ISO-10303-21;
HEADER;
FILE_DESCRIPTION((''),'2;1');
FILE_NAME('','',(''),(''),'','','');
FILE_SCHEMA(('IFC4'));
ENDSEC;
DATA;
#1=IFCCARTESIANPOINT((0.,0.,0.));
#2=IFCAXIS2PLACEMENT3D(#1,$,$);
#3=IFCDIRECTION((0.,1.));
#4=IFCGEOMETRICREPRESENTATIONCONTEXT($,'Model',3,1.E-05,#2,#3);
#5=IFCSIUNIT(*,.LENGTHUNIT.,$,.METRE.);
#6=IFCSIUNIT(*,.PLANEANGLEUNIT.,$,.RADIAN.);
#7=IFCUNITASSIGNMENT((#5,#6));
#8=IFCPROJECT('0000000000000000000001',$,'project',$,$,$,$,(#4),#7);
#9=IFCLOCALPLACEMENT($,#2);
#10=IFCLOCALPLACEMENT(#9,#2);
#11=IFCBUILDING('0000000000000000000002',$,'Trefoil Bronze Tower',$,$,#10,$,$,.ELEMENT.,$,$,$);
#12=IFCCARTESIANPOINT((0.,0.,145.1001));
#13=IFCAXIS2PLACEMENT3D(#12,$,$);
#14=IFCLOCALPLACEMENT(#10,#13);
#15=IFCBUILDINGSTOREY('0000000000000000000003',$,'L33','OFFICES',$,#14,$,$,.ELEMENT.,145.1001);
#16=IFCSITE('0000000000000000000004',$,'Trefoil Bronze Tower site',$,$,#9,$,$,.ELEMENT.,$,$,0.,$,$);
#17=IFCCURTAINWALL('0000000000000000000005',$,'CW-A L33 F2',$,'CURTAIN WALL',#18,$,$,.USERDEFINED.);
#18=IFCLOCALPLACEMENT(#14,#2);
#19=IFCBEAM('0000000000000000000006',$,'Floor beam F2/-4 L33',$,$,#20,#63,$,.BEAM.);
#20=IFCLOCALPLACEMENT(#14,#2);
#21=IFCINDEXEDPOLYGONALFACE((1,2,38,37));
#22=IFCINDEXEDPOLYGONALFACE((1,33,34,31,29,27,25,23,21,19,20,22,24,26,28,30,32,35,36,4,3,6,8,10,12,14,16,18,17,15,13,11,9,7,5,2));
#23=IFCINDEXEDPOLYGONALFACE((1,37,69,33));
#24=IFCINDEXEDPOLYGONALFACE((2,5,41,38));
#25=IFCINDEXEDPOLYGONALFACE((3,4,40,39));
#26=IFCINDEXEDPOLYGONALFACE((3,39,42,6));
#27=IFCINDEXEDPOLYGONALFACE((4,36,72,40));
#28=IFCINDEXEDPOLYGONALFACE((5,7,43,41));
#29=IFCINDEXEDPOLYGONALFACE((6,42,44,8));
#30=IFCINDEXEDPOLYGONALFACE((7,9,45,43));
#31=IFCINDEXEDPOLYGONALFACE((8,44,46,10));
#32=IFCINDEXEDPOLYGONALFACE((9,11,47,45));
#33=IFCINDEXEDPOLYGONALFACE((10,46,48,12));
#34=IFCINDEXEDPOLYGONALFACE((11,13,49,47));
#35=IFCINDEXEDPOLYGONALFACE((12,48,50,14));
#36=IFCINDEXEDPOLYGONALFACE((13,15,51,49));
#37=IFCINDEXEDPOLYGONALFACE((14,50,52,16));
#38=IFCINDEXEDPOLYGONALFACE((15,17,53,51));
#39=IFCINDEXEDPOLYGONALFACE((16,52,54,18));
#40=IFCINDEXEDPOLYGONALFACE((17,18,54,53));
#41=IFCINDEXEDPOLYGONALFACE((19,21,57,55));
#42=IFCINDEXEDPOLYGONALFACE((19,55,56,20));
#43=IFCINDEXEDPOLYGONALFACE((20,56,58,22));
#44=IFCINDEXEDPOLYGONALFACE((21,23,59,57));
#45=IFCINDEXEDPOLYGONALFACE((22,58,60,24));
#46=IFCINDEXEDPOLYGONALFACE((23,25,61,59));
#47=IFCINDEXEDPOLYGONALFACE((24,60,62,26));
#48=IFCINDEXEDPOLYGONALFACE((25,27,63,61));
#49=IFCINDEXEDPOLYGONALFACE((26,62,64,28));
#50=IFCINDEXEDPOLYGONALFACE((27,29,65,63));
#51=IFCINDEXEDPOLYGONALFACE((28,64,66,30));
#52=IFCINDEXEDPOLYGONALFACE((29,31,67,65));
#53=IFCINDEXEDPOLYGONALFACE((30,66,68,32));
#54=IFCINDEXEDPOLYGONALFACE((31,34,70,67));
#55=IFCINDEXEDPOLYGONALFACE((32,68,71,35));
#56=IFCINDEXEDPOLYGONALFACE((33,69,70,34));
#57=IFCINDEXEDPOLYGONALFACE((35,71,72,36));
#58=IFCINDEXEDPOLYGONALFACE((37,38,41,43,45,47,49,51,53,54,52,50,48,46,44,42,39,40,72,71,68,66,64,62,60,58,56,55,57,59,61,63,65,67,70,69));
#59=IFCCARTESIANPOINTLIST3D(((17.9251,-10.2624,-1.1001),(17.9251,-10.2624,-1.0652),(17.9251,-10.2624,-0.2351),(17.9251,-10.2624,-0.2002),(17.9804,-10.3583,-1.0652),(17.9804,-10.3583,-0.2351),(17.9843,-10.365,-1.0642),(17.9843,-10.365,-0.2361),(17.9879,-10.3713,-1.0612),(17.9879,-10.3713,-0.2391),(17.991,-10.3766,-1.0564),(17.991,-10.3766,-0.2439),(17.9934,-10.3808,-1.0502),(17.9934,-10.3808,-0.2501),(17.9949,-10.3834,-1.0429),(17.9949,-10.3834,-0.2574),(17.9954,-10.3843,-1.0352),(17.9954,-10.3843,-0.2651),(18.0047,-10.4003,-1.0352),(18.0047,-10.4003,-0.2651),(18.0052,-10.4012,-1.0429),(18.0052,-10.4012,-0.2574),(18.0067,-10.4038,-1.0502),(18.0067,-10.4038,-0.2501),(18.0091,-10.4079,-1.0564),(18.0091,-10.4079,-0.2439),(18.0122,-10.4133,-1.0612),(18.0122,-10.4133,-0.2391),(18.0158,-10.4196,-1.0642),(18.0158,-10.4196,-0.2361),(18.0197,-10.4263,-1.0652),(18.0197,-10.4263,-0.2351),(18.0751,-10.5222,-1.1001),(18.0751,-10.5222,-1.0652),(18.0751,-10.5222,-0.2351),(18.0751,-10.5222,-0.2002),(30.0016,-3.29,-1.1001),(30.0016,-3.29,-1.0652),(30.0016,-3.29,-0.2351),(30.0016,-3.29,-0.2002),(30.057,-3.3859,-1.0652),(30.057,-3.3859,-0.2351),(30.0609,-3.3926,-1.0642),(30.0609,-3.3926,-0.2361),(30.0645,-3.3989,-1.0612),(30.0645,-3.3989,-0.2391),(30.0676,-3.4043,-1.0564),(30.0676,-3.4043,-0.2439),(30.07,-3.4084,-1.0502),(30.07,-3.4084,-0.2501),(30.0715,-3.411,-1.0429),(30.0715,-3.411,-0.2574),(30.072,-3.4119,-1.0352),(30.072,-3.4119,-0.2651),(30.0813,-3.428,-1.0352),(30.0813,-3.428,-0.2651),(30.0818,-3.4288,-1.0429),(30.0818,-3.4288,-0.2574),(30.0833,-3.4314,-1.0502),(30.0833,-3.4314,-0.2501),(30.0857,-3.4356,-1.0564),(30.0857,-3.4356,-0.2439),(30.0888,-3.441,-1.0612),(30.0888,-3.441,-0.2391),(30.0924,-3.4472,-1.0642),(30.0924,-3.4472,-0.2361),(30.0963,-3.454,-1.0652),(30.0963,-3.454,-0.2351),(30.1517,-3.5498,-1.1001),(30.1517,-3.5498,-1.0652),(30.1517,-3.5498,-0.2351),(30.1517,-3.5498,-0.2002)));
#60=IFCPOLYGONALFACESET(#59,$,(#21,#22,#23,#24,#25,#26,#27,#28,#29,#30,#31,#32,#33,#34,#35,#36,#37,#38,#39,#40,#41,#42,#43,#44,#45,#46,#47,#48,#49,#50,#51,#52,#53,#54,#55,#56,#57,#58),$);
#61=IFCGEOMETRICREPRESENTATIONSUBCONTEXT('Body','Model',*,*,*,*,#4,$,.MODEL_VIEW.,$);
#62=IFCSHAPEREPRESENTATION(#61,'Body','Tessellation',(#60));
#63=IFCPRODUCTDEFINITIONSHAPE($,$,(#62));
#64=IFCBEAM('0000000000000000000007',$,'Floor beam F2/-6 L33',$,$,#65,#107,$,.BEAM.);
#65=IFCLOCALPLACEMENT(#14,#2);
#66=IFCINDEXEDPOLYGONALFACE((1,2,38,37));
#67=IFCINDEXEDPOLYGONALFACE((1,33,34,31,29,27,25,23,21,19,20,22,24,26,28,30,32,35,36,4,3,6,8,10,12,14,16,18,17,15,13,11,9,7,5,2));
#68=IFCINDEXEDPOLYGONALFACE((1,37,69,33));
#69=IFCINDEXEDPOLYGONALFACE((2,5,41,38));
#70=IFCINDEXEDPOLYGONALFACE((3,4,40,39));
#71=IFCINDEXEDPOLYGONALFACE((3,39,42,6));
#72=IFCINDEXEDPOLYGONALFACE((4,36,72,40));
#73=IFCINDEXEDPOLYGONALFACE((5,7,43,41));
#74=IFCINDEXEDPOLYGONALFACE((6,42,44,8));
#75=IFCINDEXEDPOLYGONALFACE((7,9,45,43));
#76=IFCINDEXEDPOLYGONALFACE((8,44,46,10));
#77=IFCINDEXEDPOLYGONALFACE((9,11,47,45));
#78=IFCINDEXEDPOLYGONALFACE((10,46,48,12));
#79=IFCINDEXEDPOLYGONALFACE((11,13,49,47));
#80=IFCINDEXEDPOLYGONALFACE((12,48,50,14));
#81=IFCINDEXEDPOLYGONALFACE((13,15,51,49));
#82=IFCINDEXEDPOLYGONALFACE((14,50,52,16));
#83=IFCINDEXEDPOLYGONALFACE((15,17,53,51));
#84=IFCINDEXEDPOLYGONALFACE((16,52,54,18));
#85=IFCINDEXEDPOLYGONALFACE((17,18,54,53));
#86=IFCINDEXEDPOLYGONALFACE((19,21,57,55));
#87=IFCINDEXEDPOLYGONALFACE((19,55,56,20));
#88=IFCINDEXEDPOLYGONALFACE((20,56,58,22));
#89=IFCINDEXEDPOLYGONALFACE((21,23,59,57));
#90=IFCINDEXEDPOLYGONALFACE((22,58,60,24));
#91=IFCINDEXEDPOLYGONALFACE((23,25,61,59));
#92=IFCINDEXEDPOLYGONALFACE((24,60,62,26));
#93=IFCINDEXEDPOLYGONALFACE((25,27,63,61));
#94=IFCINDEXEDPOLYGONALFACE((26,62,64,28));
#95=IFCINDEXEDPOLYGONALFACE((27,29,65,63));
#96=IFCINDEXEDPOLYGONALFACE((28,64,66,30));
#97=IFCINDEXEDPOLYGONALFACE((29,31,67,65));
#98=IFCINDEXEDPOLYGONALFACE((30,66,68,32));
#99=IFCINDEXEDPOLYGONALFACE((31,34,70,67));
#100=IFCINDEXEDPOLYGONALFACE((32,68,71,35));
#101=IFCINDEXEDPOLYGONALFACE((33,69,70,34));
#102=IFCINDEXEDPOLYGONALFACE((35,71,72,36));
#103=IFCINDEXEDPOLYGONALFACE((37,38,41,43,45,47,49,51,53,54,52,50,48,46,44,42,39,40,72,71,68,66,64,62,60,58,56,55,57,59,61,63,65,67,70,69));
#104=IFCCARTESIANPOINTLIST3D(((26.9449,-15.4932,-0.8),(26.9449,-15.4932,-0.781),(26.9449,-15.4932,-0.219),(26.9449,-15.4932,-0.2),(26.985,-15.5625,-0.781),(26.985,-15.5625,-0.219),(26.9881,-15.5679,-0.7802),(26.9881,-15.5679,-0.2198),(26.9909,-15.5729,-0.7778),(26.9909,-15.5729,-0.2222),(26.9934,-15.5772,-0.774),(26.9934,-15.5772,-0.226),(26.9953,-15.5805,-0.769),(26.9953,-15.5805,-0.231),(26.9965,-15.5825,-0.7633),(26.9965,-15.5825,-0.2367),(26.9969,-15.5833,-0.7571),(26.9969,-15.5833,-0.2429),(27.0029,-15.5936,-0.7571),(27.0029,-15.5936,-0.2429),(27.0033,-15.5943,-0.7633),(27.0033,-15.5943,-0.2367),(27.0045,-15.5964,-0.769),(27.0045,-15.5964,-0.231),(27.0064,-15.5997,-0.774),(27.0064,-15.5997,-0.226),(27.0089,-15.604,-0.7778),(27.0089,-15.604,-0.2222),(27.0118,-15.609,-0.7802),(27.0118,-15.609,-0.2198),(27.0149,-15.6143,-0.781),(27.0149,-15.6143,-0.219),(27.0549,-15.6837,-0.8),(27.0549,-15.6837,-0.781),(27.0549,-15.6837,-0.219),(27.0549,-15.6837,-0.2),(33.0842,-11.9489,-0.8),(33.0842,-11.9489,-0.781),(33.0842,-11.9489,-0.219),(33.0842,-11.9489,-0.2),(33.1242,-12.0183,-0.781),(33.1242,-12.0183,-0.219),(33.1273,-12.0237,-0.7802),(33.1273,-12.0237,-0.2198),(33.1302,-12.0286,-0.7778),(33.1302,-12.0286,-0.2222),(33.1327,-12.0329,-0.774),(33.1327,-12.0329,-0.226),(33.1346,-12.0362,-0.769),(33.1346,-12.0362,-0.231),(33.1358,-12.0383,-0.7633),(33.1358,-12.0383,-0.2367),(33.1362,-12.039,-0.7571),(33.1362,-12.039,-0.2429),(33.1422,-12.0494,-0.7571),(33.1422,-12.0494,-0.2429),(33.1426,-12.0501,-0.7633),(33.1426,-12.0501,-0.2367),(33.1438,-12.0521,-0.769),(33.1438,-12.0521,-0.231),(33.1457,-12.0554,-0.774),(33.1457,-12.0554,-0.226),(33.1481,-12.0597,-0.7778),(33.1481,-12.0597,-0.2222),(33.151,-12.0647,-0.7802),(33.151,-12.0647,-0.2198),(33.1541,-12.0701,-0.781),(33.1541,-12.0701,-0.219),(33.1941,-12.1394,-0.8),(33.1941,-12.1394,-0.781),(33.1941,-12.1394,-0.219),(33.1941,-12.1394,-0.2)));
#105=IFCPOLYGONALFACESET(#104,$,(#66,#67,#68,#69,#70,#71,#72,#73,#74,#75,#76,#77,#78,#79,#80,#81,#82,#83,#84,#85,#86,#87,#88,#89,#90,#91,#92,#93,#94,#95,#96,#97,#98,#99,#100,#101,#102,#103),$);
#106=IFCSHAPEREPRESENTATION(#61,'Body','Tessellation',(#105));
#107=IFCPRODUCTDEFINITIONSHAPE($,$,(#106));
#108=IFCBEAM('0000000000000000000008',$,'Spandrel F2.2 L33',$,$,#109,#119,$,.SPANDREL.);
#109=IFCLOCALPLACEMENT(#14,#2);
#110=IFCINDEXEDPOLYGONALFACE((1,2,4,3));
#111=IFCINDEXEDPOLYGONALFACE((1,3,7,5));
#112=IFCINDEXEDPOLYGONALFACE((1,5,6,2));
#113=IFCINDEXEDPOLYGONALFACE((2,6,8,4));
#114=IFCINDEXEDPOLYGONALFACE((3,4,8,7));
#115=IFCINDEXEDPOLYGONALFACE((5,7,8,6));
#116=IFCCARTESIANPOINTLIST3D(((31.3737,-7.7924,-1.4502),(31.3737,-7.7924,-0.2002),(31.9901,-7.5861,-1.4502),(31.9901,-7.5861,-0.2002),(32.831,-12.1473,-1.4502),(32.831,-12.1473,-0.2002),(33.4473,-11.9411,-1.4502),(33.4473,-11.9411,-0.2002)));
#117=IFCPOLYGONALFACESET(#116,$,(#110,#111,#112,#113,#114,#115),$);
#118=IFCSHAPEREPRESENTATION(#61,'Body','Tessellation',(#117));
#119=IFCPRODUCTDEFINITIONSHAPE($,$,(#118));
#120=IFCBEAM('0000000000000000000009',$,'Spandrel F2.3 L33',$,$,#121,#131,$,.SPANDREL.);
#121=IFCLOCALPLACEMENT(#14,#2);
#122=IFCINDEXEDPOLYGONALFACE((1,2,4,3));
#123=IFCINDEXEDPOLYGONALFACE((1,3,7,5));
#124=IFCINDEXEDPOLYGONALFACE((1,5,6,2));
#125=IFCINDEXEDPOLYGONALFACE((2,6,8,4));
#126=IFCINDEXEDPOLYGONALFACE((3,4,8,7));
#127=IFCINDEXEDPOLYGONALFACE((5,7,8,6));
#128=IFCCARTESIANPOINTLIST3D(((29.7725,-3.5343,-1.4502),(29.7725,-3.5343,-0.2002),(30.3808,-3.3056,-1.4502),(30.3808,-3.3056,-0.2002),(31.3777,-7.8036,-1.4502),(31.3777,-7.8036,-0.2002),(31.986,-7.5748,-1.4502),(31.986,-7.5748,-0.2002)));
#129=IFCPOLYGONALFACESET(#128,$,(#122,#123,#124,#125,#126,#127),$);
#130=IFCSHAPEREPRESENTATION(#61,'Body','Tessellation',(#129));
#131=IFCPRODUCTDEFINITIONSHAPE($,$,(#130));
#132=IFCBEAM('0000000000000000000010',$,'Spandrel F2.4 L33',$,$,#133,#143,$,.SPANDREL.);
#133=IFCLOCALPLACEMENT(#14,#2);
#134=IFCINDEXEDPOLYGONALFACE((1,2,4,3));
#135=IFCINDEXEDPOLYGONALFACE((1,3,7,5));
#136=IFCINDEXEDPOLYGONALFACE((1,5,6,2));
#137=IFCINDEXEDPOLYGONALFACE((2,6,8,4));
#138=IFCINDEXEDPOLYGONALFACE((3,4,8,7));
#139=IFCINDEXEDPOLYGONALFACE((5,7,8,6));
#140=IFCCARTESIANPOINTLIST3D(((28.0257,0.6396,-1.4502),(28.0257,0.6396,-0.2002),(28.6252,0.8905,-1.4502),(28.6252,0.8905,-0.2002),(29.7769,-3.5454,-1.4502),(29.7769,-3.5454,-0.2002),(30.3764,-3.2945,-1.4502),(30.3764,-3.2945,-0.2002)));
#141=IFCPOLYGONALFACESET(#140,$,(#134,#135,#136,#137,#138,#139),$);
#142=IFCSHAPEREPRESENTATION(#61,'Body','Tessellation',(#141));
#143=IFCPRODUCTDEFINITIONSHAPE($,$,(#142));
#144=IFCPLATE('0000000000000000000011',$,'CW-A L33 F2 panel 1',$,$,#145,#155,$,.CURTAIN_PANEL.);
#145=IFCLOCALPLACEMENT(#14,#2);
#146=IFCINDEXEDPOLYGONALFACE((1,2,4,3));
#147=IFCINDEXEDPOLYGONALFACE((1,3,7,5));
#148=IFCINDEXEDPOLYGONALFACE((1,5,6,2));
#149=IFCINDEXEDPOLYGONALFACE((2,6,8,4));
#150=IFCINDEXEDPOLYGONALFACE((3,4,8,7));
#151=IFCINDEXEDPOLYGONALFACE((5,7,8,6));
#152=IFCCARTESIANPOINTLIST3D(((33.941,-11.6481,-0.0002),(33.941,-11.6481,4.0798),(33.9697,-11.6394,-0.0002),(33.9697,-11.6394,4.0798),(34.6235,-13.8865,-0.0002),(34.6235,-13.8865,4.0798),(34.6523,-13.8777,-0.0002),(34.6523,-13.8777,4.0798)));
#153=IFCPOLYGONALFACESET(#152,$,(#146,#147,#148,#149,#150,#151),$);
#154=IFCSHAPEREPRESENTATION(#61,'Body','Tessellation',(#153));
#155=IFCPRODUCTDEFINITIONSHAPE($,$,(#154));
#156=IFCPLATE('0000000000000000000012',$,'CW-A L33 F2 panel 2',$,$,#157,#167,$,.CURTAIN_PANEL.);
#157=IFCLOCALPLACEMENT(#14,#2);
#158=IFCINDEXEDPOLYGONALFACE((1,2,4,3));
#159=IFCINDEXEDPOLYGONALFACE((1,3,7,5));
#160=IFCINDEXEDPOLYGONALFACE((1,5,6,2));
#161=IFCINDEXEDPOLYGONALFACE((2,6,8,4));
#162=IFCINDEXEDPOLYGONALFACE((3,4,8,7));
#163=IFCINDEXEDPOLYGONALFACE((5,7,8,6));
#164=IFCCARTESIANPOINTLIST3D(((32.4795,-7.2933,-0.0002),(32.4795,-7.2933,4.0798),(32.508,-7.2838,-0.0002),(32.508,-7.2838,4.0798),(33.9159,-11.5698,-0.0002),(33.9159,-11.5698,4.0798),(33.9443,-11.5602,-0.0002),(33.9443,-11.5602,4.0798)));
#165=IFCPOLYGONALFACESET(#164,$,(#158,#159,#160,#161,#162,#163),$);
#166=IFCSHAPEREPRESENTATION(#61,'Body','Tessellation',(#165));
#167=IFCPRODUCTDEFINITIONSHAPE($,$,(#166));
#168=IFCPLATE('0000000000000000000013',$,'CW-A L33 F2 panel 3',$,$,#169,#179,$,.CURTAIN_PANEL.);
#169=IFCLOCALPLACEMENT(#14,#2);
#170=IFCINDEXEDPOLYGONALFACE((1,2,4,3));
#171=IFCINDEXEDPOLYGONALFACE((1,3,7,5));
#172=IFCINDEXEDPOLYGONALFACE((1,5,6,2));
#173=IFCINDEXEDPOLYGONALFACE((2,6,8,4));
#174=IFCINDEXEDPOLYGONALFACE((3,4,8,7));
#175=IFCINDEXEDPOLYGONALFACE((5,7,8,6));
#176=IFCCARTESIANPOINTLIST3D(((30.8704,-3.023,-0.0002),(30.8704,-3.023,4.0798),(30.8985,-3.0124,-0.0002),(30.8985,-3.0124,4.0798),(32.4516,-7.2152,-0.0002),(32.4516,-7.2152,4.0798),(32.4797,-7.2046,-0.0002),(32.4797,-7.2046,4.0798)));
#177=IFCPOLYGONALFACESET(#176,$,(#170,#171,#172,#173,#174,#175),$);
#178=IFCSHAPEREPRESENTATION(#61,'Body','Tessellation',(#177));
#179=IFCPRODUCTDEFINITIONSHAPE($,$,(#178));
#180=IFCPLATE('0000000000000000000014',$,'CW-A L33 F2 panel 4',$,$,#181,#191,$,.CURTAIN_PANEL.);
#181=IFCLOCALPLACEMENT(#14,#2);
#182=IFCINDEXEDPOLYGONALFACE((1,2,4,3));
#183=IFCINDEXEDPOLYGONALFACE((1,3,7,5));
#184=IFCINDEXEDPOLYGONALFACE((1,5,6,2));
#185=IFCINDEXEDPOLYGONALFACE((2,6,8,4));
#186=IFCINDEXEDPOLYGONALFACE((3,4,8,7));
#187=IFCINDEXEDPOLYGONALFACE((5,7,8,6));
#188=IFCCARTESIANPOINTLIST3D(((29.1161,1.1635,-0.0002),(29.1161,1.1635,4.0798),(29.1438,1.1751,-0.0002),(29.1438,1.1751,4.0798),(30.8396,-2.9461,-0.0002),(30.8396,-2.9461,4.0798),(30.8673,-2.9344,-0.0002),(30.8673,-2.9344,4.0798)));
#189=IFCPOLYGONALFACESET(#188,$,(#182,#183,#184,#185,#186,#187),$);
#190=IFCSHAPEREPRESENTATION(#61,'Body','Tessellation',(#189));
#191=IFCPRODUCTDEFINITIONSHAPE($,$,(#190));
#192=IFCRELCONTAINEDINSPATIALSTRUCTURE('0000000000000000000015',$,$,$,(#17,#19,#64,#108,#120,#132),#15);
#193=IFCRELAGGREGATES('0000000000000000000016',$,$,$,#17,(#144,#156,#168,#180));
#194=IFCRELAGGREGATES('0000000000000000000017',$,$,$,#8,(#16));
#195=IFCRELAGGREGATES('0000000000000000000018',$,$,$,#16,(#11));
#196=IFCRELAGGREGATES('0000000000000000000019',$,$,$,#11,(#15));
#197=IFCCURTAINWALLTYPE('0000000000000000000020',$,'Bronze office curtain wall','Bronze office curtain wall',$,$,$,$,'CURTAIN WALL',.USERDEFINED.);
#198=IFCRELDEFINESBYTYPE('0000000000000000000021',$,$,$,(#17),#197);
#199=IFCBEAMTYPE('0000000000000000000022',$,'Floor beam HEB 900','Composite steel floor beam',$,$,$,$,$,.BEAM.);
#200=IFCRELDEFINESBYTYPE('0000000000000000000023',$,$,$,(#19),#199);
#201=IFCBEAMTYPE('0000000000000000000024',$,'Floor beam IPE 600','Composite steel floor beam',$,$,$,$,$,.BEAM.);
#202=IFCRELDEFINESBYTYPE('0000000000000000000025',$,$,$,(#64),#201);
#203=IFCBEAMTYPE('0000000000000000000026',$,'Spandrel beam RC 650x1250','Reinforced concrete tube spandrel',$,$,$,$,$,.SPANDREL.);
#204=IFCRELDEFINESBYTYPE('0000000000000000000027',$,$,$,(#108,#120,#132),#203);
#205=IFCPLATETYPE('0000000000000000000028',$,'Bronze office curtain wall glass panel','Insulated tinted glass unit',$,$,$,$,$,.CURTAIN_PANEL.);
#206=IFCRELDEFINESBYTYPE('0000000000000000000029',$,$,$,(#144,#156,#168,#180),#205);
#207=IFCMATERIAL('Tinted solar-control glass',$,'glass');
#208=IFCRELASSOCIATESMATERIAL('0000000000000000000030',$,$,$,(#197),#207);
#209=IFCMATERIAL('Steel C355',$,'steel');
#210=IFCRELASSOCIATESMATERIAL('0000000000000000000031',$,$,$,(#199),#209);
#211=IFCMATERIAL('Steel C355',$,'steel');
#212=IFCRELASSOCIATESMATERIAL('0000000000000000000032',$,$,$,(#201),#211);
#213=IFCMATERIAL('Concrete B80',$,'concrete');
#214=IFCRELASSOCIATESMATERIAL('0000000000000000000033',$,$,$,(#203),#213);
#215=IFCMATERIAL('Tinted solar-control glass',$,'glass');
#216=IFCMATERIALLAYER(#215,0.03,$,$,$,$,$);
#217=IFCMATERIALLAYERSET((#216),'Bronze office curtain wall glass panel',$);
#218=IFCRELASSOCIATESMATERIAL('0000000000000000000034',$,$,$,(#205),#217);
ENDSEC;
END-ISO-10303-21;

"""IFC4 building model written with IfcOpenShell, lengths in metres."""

from ifc_helpers import new_model, si_unit, direction, frame, origin, origin_2d, place, context, subcontext, project, spatial, rectangle, i_section, extrude, material, layer, layer_set, material_profile, profile_set, type_object, element, aggregate, save


model = new_model("IFC4")

# Units and contexts
model_context = context("Model", 3, precision=1e-05, world=origin(), true_north=direction((0.0, 1.0)))
body_context = subcontext(model_context, "Body", "Model", "MODEL_VIEW")
ifc_project = project(units=[si_unit("LENGTHUNIT", "METRE"), si_unit("PLANEANGLEUNIT", "RADIAN")], contexts=[model_context])

# Site, building, storey
site_placement = place(None, origin())
site = spatial("IfcSite", under=ifc_project, at=site_placement, Name="Trefoil Bronze Tower site", CompositionType="ELEMENT", RefElevation=0.0)
building_placement = place(site_placement, origin())
building = spatial("IfcBuilding", under=site, at=building_placement, Name="Trefoil Bronze Tower", CompositionType="ELEMENT")
storey_placement = place(building_placement, frame((0.0, 0.0, 145.1001)))
storey = spatial("IfcBuildingStorey", under=building, at=storey_placement, Name="L33", Description="OFFICES", CompositionType="ELEMENT", Elevation=145.1001)

# Curtain wall
ifc_material_1 = material(Name="Tinted solar-control glass", Category="glass")
curtain_wall_type_1 = type_object("IfcCurtainWallType", Name="Bronze office curtain wall", Description="Bronze office curtain wall", ElementType="CURTAIN WALL", PredefinedType="USERDEFINED", material=ifc_material_1)
curtain_wall_1_placement = place(storey_placement, origin())
curtain_wall_1 = element("IfcCurtainWall", 1, at=curtain_wall_1_placement, inside=storey, type_object=curtain_wall_type_1, Name="CW-A L33 F2", ObjectType="CURTAIN WALL", PredefinedType="USERDEFINED")

# Beams
ifc_material_2 = material(Name="Steel C355", Category="steel")
ifc_material_profile_1 = material_profile(ifc_material_2, i_section(OverallWidth=0.3, OverallDepth=0.8999, WebThickness=0.0186, FlangeThickness=0.0349, FilletRadius=0.03, at=origin_2d()), Name="HEB 900")
ifc_profile_set_1 = profile_set([ifc_material_profile_1], Name="Steel C355")
beam_type_1 = type_object("IfcBeamType", Name="Floor beam HEB 900", Description="Composite steel floor beam", PredefinedType="BEAM", material=ifc_profile_set_1)
beam_1_placement = place(storey_placement, frame((30.0767, -3.4199, -0.6501), z_axis=(-0.866027, -0.499997, 0.0), x_axis=(0.499997, -0.866027, 0.0)))
element("IfcBeam", 2, at=beam_1_placement, inside=storey, type_object=beam_type_1, Name="Floor beam F2/-4 L33", PredefinedType="BEAM", context=body_context, shape_type="SweptSolid", body=[
    extrude(i_section(OverallWidth=0.3, OverallDepth=0.8999, WebThickness=0.0186, FlangeThickness=0.0349, FilletRadius=0.03, at=origin_2d()), origin(), (0.0, 0.0, 1.0), 13.9448),
])
ifc_material_3 = material(Name="Steel C355", Category="steel")
ifc_material_profile_2 = material_profile(ifc_material_3, i_section(OverallWidth=0.22, OverallDepth=0.6001, WebThickness=0.012, FlangeThickness=0.019, FilletRadius=0.0239, at=origin_2d()), Name="IPE 600")
ifc_profile_set_2 = profile_set([ifc_material_profile_2], Name="Steel C355")
beam_type_2 = type_object("IfcBeamType", Name="Floor beam IPE 600", Description="Composite steel floor beam", PredefinedType="BEAM", material=ifc_profile_set_2)
beam_2_placement = place(storey_placement, frame((33.1392, -12.0442, -0.5), z_axis=(-0.866041, -0.499973, 0.0), x_axis=(0.499973, -0.866041, 0.0)))
element("IfcBeam", 3, at=beam_2_placement, inside=storey, type_object=beam_type_2, Name="Floor beam F2/-6 L33", PredefinedType="BEAM", context=body_context, shape_type="SweptSolid", body=[
    extrude(i_section(OverallWidth=0.22, OverallDepth=0.6001, WebThickness=0.012, FlangeThickness=0.019, FilletRadius=0.0239, at=origin_2d()), origin(), (0.0, 0.0, 1.0), 7.0889),
])
ifc_material_4 = material(Name="Concrete B80", Category="concrete")
ifc_material_profile_3 = material_profile(ifc_material_4, rectangle(XDim=0.6499, YDim=1.25, at=origin_2d()), Name="RC 650x1250")
ifc_profile_set_3 = profile_set([ifc_material_profile_3], Name="Concrete B80")
beam_type_3 = type_object("IfcBeamType", Name="Spandrel beam RC 650x1250", Description="Reinforced concrete tube spandrel", PredefinedType="SPANDREL", material=ifc_profile_set_3)
beam_3_placement = place(storey_placement, frame((33.1392, -12.0442, -0.8252), z_axis=(-0.317328, 0.948316, 0.0), x_axis=(-0.948316, -0.317328, 0.0)))
element("IfcBeam", 4, at=beam_3_placement, inside=storey, type_object=beam_type_3, Name="Spandrel F2.2 L33", PredefinedType="SPANDREL", context=body_context, shape_type="SweptSolid", body=[
    extrude(rectangle(XDim=0.6499, YDim=1.25, at=origin_2d()), origin(), (0.0, 0.0, 1.0), 4.5923),
])
beam_4_placement = place(storey_placement, frame((31.6819, -7.6892, -0.8252), z_axis=(-0.351939, 0.936023, 0.0), x_axis=(-0.936023, -0.351939, 0.0)))
element("IfcBeam", 5, at=beam_4_placement, inside=storey, type_object=beam_type_3, Name="Spandrel F2.3 L33", PredefinedType="SPANDREL", context=body_context, shape_type="SweptSolid", body=[
    extrude(rectangle(XDim=0.6499, YDim=1.25, at=origin_2d()), origin(), (0.0, 0.0, 1.0), 4.561),
])
beam_5_placement = place(storey_placement, frame((30.0767, -3.4199, -0.8252), z_axis=(-0.386013, 0.922493, 0.0), x_axis=(-0.922493, -0.386013, 0.0)))
element("IfcBeam", 6, at=beam_5_placement, inside=storey, type_object=beam_type_3, Name="Spandrel F2.4 L33", PredefinedType="SPANDREL", context=body_context, shape_type="SweptSolid", body=[
    extrude(rectangle(XDim=0.6499, YDim=1.25, at=origin_2d()), origin(), (0.0, 0.0, 1.0), 4.5366),
])

# Plates
ifc_material_5 = material(Name="Tinted solar-control glass", Category="glass")
ifc_layer_1 = layer(ifc_material_5, 0.03)
ifc_layer_set_1 = layer_set([ifc_layer_1], Name="Bronze office curtain wall glass panel")
plate_type_1 = type_object("IfcPlateType", Name="Bronze office curtain wall glass panel", Description="Insulated tinted glass unit", PredefinedType="CURTAIN_PANEL", material=ifc_layer_set_1)
plate_1_placement = place(storey_placement, frame((34.2966, -12.7629, -0.0002), z_axis=(0.0, 0.0, 1.0), x_axis=(-0.291669, 0.956519, 0.0)))
plate_1 = element("IfcPlate", 7, at=plate_1_placement, type_object=plate_type_1, Name="CW-A L33 F2 panel 1", PredefinedType="CURTAIN_PANEL", context=body_context, shape_type="SweptSolid", body=[
    extrude(rectangle(XDim=2.3401, YDim=0.03, at=origin_2d()), origin(), (0.0, 0.0, 1.0), 4.0801),
])
plate_2_placement = place(storey_placement, frame((33.2119, -9.4268, -0.0002), z_axis=(0.0, 0.0, 1.0), x_axis=(-0.318404, 0.947955, 0.0)))
plate_2 = element("IfcPlate", 8, at=plate_2_placement, type_object=plate_type_1, Name="CW-A L33 F2 panel 2", PredefinedType="CURTAIN_PANEL", context=body_context, shape_type="SweptSolid", body=[
    extrude(rectangle(XDim=4.5112, YDim=0.03, at=origin_2d()), origin(), (0.0, 0.0, 1.0), 4.0801),
])
plate_3_placement = place(storey_placement, frame((31.675, -5.1138, -0.0002), z_axis=(0.0, 0.0, 1.0), x_axis=(-0.35292, 0.935654, 0.0)))
plate_3 = element("IfcPlate", 9, at=plate_3_placement, type_object=plate_type_1, Name="CW-A L33 F2 panel 3", PredefinedType="CURTAIN_PANEL", context=body_context, shape_type="SweptSolid", body=[
    extrude(rectangle(XDim=4.4805, YDim=0.03, at=origin_2d()), origin(), (0.0, 0.0, 1.0), 4.0801),
])
plate_4_placement = place(storey_placement, frame((29.9917, -0.8855, -0.0002), z_axis=(0.0, 0.0, 1.0), x_axis=(-0.386759, 0.922181, 0.0)))
plate_4 = element("IfcPlate", 10, at=plate_4_placement, type_object=plate_type_1, Name="CW-A L33 F2 panel 4", PredefinedType="CURTAIN_PANEL", context=body_context, shape_type="SweptSolid", body=[
    extrude(rectangle(XDim=4.4563, YDim=0.03, at=origin_2d()), origin(), (0.0, 0.0, 1.0), 4.0801),
])
aggregate(curtain_wall_1, [plate_1, plate_2, plate_3, plate_4])

save(model, "model.ifc")
